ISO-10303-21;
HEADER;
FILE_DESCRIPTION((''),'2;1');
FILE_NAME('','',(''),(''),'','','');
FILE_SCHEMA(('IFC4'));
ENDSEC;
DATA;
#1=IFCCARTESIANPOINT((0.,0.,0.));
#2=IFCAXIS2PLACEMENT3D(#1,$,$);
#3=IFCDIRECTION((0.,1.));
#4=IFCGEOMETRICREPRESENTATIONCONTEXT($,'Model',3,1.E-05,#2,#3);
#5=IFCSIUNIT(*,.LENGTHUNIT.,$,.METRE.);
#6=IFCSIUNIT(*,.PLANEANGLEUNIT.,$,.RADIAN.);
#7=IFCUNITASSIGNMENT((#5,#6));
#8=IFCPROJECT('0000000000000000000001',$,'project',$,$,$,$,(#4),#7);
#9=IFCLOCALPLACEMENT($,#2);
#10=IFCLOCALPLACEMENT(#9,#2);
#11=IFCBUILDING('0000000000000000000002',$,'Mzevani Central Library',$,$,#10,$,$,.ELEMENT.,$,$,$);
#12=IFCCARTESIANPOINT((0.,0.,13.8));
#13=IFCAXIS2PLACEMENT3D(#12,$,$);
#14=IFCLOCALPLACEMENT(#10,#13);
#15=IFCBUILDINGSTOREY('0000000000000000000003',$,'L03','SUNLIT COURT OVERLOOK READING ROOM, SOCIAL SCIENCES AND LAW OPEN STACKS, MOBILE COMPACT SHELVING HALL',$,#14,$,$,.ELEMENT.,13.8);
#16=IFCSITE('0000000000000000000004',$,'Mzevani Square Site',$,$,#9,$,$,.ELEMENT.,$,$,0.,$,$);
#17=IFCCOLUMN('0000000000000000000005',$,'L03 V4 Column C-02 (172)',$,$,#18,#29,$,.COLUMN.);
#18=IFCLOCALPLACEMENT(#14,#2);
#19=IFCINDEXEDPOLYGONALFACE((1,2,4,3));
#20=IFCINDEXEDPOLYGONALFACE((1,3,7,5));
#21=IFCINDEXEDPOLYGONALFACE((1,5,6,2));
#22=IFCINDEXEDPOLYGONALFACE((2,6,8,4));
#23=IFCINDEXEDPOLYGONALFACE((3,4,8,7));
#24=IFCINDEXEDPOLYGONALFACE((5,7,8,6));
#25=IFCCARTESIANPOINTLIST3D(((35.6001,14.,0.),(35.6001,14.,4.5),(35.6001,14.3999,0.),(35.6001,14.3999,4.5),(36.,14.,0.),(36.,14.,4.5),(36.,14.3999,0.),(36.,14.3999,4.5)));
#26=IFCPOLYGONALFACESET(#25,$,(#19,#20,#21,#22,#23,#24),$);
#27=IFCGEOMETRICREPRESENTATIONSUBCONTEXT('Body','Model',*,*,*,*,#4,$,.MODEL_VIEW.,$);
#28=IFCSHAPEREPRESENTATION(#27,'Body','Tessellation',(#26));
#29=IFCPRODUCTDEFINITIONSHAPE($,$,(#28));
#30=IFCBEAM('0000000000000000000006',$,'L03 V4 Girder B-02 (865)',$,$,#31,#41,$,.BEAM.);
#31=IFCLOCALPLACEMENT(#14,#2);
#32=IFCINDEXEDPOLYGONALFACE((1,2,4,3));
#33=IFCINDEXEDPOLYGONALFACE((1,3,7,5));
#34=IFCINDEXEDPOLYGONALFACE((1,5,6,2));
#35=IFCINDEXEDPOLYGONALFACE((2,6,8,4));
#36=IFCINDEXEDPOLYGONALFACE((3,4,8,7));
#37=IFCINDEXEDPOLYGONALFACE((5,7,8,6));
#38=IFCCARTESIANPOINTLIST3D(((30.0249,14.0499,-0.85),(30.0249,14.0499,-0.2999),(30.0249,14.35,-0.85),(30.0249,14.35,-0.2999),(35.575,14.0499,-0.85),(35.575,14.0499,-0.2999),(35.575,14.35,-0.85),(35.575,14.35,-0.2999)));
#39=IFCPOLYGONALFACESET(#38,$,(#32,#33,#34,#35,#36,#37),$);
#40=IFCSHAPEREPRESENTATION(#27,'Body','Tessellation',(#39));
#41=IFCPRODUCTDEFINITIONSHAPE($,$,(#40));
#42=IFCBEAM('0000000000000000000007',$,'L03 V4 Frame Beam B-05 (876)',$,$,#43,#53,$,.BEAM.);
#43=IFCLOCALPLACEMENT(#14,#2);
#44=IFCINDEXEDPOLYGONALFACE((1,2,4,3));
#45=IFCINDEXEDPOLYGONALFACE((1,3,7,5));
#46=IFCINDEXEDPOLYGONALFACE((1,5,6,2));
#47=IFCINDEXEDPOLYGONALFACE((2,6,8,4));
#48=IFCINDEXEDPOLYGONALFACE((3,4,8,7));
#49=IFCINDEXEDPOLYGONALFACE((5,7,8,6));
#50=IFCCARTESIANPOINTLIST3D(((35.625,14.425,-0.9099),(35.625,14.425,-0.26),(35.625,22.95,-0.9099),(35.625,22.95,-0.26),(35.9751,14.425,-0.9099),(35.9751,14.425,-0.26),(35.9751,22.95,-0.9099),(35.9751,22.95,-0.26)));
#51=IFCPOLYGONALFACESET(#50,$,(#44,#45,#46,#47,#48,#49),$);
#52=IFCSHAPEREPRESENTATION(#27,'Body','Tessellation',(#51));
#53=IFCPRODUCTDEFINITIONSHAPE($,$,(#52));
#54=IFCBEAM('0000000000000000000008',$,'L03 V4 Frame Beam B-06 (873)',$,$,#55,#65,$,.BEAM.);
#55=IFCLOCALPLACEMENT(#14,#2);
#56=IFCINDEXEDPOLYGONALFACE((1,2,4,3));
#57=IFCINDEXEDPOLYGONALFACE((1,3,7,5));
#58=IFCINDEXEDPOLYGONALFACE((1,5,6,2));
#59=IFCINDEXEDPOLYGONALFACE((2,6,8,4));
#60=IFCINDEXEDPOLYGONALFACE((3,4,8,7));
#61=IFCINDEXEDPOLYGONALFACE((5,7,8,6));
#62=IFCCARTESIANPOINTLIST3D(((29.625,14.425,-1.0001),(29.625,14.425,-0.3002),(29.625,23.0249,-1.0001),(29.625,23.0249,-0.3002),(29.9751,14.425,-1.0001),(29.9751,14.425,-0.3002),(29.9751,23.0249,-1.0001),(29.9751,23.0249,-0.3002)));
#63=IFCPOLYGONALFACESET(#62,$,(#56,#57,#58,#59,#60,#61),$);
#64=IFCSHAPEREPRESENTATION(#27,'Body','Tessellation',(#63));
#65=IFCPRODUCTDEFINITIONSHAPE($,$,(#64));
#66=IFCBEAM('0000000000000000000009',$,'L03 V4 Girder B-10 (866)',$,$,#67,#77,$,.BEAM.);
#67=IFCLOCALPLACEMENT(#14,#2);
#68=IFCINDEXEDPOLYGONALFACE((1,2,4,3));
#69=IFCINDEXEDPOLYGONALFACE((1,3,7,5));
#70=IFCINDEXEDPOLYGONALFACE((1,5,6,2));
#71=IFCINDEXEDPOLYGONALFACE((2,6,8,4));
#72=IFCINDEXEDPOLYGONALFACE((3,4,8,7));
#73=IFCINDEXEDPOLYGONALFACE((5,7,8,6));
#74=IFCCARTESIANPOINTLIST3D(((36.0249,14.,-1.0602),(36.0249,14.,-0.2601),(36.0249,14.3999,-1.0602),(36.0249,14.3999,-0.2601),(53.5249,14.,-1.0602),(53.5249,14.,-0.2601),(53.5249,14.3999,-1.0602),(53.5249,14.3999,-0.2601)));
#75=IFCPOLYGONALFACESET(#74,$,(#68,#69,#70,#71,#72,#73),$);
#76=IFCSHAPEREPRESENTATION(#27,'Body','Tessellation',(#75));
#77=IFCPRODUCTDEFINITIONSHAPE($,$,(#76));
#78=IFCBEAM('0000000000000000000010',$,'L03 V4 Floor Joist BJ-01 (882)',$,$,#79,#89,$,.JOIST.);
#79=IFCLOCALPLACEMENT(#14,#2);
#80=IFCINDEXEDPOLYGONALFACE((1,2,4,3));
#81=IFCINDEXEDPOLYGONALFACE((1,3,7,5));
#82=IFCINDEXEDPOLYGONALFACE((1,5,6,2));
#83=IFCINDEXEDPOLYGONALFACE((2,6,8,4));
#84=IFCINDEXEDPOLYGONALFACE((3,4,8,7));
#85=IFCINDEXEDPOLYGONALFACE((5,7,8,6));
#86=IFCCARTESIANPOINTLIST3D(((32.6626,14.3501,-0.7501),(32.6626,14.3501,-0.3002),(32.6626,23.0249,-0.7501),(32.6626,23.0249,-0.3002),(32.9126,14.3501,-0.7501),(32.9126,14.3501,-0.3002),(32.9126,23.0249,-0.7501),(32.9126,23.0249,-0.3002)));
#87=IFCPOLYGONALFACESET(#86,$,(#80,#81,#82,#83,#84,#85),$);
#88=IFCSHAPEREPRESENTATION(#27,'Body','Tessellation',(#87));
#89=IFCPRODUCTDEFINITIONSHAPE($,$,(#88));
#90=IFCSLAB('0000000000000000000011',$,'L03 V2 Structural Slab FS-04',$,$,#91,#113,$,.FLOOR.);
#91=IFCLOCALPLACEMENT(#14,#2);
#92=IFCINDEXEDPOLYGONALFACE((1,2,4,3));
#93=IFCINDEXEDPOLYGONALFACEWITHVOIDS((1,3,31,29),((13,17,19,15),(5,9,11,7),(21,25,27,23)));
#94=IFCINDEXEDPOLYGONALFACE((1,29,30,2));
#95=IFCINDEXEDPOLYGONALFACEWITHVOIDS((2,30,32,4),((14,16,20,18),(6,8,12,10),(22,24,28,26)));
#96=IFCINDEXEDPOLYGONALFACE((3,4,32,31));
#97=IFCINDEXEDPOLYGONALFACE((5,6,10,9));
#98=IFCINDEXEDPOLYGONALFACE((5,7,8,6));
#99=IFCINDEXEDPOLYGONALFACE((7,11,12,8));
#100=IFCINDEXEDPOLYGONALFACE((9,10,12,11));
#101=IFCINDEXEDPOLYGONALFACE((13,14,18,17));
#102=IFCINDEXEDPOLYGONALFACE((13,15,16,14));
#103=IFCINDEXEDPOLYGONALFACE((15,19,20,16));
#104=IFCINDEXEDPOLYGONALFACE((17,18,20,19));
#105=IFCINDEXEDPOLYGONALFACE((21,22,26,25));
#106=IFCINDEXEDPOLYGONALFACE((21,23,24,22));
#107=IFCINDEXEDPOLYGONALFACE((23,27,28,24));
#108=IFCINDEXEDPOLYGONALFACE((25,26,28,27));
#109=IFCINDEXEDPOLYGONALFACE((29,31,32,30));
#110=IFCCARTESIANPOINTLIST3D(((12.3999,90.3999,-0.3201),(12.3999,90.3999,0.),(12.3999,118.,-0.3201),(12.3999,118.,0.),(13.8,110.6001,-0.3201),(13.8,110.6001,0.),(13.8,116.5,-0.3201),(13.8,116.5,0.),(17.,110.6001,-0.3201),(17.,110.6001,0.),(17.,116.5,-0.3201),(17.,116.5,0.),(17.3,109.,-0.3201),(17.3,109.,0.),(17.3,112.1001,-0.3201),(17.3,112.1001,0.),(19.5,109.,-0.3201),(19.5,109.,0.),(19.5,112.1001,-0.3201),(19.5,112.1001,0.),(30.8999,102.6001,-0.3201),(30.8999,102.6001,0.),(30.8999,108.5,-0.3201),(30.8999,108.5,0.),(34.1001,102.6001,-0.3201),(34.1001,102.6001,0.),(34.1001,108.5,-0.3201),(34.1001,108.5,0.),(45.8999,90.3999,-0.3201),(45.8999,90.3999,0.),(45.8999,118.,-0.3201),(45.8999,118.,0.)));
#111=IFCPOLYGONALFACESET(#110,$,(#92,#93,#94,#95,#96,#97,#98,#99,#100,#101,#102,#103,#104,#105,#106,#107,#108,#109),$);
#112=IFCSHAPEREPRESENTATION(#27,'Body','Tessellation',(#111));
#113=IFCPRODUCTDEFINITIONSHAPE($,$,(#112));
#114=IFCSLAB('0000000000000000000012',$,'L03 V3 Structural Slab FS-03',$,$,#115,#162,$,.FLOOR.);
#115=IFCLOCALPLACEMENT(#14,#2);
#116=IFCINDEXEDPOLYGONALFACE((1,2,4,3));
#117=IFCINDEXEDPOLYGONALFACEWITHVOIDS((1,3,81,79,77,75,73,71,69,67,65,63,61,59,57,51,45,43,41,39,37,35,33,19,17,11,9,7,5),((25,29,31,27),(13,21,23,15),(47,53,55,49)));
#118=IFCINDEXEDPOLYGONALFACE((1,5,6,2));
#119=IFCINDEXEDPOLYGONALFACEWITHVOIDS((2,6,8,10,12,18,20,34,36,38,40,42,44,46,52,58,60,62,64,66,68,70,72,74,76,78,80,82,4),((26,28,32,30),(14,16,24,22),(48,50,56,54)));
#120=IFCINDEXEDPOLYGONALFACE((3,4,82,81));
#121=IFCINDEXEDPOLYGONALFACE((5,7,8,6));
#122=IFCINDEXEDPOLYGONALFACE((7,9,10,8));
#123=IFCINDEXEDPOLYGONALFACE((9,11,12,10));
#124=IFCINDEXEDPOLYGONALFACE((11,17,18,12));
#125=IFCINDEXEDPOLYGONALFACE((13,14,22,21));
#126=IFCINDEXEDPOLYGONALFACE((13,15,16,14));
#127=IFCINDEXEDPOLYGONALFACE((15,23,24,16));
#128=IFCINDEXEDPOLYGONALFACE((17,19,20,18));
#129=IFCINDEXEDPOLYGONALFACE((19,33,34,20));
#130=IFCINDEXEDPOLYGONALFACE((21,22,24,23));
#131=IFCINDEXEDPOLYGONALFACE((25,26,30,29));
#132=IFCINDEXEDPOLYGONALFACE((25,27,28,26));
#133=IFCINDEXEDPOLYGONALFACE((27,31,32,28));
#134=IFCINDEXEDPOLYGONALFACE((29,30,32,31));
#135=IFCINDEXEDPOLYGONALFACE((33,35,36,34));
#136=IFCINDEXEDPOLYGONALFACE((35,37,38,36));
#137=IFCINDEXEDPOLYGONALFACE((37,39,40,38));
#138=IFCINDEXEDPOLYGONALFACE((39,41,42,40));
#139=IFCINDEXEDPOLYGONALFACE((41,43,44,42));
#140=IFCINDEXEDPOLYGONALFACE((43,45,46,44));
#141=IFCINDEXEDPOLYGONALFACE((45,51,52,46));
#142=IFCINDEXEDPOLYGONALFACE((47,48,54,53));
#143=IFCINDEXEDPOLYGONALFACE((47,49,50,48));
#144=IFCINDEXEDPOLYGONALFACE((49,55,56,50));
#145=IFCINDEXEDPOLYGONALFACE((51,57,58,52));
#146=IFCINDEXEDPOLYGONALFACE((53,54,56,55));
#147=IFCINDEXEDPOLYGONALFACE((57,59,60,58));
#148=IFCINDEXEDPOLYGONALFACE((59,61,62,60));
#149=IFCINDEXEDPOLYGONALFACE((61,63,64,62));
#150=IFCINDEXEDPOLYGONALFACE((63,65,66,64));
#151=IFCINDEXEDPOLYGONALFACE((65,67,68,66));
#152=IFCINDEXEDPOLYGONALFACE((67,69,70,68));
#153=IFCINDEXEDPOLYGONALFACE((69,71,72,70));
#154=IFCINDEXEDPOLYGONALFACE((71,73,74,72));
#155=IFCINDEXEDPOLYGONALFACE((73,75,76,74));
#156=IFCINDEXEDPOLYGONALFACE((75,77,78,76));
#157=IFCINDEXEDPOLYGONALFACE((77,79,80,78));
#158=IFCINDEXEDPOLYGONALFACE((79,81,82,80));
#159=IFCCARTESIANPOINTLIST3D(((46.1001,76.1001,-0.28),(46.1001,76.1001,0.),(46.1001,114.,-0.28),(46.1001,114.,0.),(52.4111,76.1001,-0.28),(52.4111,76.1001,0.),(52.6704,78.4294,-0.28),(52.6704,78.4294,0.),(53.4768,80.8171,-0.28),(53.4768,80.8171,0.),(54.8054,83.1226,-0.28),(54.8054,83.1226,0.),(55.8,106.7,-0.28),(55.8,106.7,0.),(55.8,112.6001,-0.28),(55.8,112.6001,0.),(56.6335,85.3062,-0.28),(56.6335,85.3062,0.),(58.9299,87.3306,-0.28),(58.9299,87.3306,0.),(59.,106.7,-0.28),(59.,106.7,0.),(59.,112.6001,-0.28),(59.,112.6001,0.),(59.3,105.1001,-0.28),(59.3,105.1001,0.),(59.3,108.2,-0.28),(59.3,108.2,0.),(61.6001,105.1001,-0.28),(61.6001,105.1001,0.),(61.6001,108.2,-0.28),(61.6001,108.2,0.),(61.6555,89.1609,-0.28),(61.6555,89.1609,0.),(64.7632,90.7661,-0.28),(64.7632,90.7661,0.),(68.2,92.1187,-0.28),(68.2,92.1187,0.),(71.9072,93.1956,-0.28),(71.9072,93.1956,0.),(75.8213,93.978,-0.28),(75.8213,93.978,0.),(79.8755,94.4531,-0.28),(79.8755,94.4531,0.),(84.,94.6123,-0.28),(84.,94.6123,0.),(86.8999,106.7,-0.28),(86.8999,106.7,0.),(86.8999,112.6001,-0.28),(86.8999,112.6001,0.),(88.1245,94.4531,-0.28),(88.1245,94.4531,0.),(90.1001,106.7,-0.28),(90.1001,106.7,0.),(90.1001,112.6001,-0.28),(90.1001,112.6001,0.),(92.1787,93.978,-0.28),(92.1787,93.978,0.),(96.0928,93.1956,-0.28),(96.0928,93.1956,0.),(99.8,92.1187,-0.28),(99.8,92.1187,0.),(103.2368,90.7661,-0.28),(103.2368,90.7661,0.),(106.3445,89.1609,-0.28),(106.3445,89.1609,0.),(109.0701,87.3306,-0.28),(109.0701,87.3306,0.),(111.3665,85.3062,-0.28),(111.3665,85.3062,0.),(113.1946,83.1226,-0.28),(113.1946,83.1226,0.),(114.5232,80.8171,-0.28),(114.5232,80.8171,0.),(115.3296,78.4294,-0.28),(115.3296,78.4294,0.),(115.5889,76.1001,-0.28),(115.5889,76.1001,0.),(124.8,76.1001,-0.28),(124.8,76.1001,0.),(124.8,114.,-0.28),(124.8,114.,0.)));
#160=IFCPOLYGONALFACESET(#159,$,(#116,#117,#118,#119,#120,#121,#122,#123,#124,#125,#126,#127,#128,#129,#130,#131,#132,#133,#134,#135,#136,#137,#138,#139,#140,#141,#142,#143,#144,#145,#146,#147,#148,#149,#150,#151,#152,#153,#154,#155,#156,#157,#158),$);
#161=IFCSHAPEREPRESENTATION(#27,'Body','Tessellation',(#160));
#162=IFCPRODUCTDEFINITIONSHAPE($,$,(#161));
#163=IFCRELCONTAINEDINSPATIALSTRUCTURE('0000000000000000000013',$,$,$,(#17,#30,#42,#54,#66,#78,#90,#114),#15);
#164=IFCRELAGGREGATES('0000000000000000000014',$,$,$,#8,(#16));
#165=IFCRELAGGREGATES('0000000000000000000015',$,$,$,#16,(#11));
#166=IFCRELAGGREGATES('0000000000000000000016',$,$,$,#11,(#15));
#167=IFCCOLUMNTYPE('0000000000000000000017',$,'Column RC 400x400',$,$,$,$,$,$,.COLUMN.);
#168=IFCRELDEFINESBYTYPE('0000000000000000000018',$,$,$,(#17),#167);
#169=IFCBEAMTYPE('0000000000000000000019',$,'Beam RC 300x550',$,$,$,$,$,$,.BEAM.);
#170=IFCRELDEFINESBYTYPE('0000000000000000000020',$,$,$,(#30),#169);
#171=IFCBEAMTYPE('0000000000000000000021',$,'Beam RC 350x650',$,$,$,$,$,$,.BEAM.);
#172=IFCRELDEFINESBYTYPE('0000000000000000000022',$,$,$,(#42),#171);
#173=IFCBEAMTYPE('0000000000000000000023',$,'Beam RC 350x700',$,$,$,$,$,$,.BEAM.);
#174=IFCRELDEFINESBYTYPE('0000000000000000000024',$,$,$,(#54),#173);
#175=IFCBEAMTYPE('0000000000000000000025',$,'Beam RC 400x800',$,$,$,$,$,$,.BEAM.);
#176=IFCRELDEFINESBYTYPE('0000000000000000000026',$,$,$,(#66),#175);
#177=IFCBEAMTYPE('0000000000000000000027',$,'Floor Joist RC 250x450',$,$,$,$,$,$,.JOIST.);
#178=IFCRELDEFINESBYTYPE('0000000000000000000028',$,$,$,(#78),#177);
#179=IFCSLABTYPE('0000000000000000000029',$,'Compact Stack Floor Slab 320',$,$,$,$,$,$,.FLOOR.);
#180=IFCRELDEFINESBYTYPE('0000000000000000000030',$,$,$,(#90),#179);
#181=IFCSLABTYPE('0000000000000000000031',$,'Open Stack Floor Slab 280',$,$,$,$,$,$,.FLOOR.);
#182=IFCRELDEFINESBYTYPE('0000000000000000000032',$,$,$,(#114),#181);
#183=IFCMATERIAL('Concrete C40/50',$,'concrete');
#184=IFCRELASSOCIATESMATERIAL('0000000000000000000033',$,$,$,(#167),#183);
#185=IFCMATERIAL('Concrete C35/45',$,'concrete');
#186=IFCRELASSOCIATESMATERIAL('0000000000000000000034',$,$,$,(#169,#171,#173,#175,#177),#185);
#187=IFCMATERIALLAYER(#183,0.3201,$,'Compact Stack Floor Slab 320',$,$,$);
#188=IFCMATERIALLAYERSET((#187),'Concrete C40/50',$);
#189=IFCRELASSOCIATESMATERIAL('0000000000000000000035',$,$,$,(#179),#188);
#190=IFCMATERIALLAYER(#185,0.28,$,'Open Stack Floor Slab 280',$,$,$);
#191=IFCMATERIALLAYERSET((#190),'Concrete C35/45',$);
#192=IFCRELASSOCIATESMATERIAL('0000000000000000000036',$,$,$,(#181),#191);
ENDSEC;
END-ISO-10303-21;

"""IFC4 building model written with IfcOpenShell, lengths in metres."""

from ifc_helpers import new_model, si_unit, direction, frame, origin, origin_2d, place, context, subcontext, project, spatial, polyline, rectangle, outline, extrude, material, layer, layer_set, material_profile, profile_set, type_object, element, save


model = new_model("IFC4")

# Units and contexts
model_context = context("Model", 3, precision=1e-05, world=origin(), true_north=direction((0.0, 1.0)))
body_context = subcontext(model_context, "Body", "Model", "MODEL_VIEW")
ifc_project = project(units=[si_unit("LENGTHUNIT", "METRE"), si_unit("PLANEANGLEUNIT", "RADIAN")], contexts=[model_context])

# Site, building, storey
site_placement = place(None, origin())
site = spatial("IfcSite", under=ifc_project, at=site_placement, Name="Mzevani Square Site", CompositionType="ELEMENT", RefElevation=0.0)
building_placement = place(site_placement, origin())
building = spatial("IfcBuilding", under=site, at=building_placement, Name="Mzevani Central Library", CompositionType="ELEMENT")
storey_placement = place(building_placement, frame((0.0, 0.0, 13.8)))
storey = spatial("IfcBuildingStorey", under=building, at=storey_placement, Name="L03", Description="SUNLIT COURT OVERLOOK READING ROOM, SOCIAL SCIENCES AND LAW OPEN STACKS, MOBILE COMPACT SHELVING HALL", CompositionType="ELEMENT", Elevation=13.8)

# Column
ifc_material_1 = material(Name="Concrete C40/50", Category="concrete")
ifc_material_profile_1 = material_profile(ifc_material_1, rectangle(XDim=0.3999, YDim=0.3999, at=origin_2d()), Name="RC 400x400")
ifc_profile_set_1 = profile_set([ifc_material_profile_1], Name="Concrete C40/50")
column_type = type_object("IfcColumnType", Name="Column RC 400x400", PredefinedType="COLUMN", material=ifc_profile_set_1)
column_placement = place(storey_placement, frame((35.8, 14.2, 0.0), z_axis=(0.0, 0.0, 1.0), x_axis=(1.0, 0.0, 0.0)))
element("IfcColumn", 1, at=column_placement, inside=storey, type_object=column_type, Name="L03 V4 Column C-02 (172)", PredefinedType="COLUMN", context=body_context, shape_type="SweptSolid", body=[
    extrude(rectangle(XDim=0.3999, YDim=0.3999, at=origin_2d()), origin(), (0.0, 0.0, 1.0), 4.5),
])

# Beams
ifc_material_2 = material(Name="Concrete C35/45", Category="concrete")
ifc_material_profile_2 = material_profile(ifc_material_2, rectangle(XDim=0.3, YDim=0.55, at=origin_2d()), Name="RC B300x550")
ifc_profile_set_2 = profile_set([ifc_material_profile_2], Name="Concrete C35/45")
beam_type_1 = type_object("IfcBeamType", Name="Beam RC 300x550", PredefinedType="BEAM", material=ifc_profile_set_2)
beam_1_placement = place(storey_placement, frame((30.0249, 14.2, -0.575), z_axis=(1.0, 0.0, 0.0), x_axis=(0.0, 1.0, 0.0)))
element("IfcBeam", 2, at=beam_1_placement, inside=storey, type_object=beam_type_1, Name="L03 V4 Girder B-02 (865)", PredefinedType="BEAM", context=body_context, shape_type="SweptSolid", body=[
    extrude(rectangle(XDim=0.3, YDim=0.55, at=origin_2d()), origin(), (0.0, 0.0, 1.0), 5.55),
])
ifc_material_profile_3 = material_profile(ifc_material_2, rectangle(XDim=0.3501, YDim=0.6499, at=origin_2d()), Name="RC B350x650")
ifc_profile_set_3 = profile_set([ifc_material_profile_3], Name="Concrete C35/45")
beam_type_2 = type_object("IfcBeamType", Name="Beam RC 350x650", PredefinedType="BEAM", material=ifc_profile_set_3)
beam_2_placement = place(storey_placement, frame((35.8, 14.425, -0.585), z_axis=(0.0, 1.0, 0.0), x_axis=(-1.0, 0.0, 0.0)))
element("IfcBeam", 3, at=beam_2_placement, inside=storey, type_object=beam_type_2, Name="L03 V4 Frame Beam B-05 (876)", PredefinedType="BEAM", context=body_context, shape_type="SweptSolid", body=[
    extrude(rectangle(XDim=0.3501, YDim=0.6499, at=origin_2d()), origin(), (0.0, 0.0, 1.0), 8.5249),
])
ifc_material_profile_4 = material_profile(ifc_material_2, rectangle(XDim=0.3501, YDim=0.7, at=origin_2d()), Name="RC B350x700")
ifc_profile_set_4 = profile_set([ifc_material_profile_4], Name="Concrete C35/45")
beam_type_3 = type_object("IfcBeamType", Name="Beam RC 350x700", PredefinedType="BEAM", material=ifc_profile_set_4)
beam_3_placement = place(storey_placement, frame((29.8, 14.425, -0.6501), z_axis=(0.0, 1.0, 0.0), x_axis=(-1.0, 0.0, 0.0)))
element("IfcBeam", 4, at=beam_3_placement, inside=storey, type_object=beam_type_3, Name="L03 V4 Frame Beam B-06 (873)", PredefinedType="BEAM", context=body_context, shape_type="SweptSolid", body=[
    extrude(rectangle(XDim=0.3501, YDim=0.7, at=origin_2d()), origin(), (0.0, 0.0, 1.0), 8.5999),
])
ifc_material_profile_5 = material_profile(ifc_material_2, rectangle(XDim=0.3999, YDim=0.8, at=origin_2d()), Name="RC B400x800")
ifc_profile_set_5 = profile_set([ifc_material_profile_5], Name="Concrete C35/45")
beam_type_4 = type_object("IfcBeamType", Name="Beam RC 400x800", PredefinedType="BEAM", material=ifc_profile_set_5)
beam_4_placement = place(storey_placement, frame((36.0249, 14.2, -0.6602), z_axis=(1.0, 0.0, 0.0), x_axis=(0.0, 1.0, 0.0)))
element("IfcBeam", 5, at=beam_4_placement, inside=storey, type_object=beam_type_4, Name="L03 V4 Girder B-10 (866)", PredefinedType="BEAM", context=body_context, shape_type="SweptSolid", body=[
    extrude(rectangle(XDim=0.3999, YDim=0.8, at=origin_2d()), origin(), (0.0, 0.0, 1.0), 17.5),
])
ifc_material_profile_6 = material_profile(ifc_material_2, rectangle(XDim=0.25, YDim=0.45, at=origin_2d()), Name="RC J250x450")
ifc_profile_set_6 = profile_set([ifc_material_profile_6], Name="Concrete C35/45")
beam_type_5 = type_object("IfcBeamType", Name="Floor Joist RC 250x450", PredefinedType="JOIST", material=ifc_profile_set_6)
beam_5_placement = place(storey_placement, frame((32.7876, 14.3501, -0.5251), z_axis=(0.0, 1.0, 0.0), x_axis=(-1.0, 0.0, 0.0)))
element("IfcBeam", 6, at=beam_5_placement, inside=storey, type_object=beam_type_5, Name="L03 V4 Floor Joist BJ-01 (882)", PredefinedType="JOIST", context=body_context, shape_type="SweptSolid", body=[
    extrude(rectangle(XDim=0.25, YDim=0.45, at=origin_2d()), origin(), (0.0, 0.0, 1.0), 8.6748),
])

# Slabs
ifc_layer_1 = layer(ifc_material_1, 0.3201, Name="Compact Stack Floor Slab 320")
ifc_layer_set_1 = layer_set([ifc_layer_1], Name="Concrete C40/50")
slab_type_1 = type_object("IfcSlabType", Name="Compact Stack Floor Slab 320", PredefinedType="FLOOR", material=ifc_layer_set_1)
slab_1_placement = place(storey_placement, frame((0.0, 0.0, -0.3201)))
element("IfcSlab", 7, at=slab_1_placement, inside=storey, type_object=slab_type_1, Name="L03 V2 Structural Slab FS-04", PredefinedType="FLOOR", context=body_context, shape_type="SweptSolid", body=[
    extrude(outline(polyline([(45.8999, 90.3999), (12.3999, 90.3999), (12.3999, 118.0), (45.8999, 118.0), (45.8999, 90.3999)]), holes=[polyline([(17.0, 110.6001), (17.0, 116.5), (13.8, 116.5), (13.8, 110.6001), (17.0, 110.6001)]), polyline([(17.3, 109.0), (19.5, 109.0), (19.5, 112.1001), (17.3, 112.1001), (17.3, 109.0)]), polyline([(30.8999, 108.5), (30.8999, 102.6001), (34.1001, 102.6001), (34.1001, 108.5), (30.8999, 108.5)])]), origin(), (0.0, 0.0, 1.0), 0.3201),
])
ifc_layer_2 = layer(ifc_material_2, 0.28, Name="Open Stack Floor Slab 280")
ifc_layer_set_2 = layer_set([ifc_layer_2], Name="Concrete C35/45")
slab_type_2 = type_object("IfcSlabType", Name="Open Stack Floor Slab 280", PredefinedType="FLOOR", material=ifc_layer_set_2)
slab_2_placement = place(storey_placement, frame((0.0, 0.0, -0.28)))
element("IfcSlab", 8, at=slab_2_placement, inside=storey, type_object=slab_type_2, Name="L03 V3 Structural Slab FS-03", PredefinedType="FLOOR", context=body_context, shape_type="SweptSolid", body=[
    extrude(outline(polyline([(46.1001, 76.1001), (46.1001, 114.0), (124.8, 114.0), (124.8, 76.1001), (115.5889, 76.1001), (115.3296, 78.4294), (114.5232, 80.8171), (113.1946, 83.1226), (111.3665, 85.3062), (109.0701, 87.3306), (106.3445, 89.1609), (103.2368, 90.7661), (99.8, 92.1187), (96.0928, 93.1956), (92.1787, 93.978), (88.1245, 94.4531), (84.0, 94.6123), (79.8755, 94.4531), (75.8213, 93.978), (71.9072, 93.1956), (68.2, 92.1187), (64.7632, 90.7661), (61.6555, 89.1609), (58.9299, 87.3306), (56.6335, 85.3062), (54.8054, 83.1226), (53.4768, 80.8171), (52.6704, 78.4294), (52.4111, 76.1001), (46.1001, 76.1001)]), holes=[polyline([(59.0, 106.7), (59.0, 112.6001), (55.8, 112.6001), (55.8, 106.7), (59.0, 106.7)]), polyline([(59.3, 105.1001), (61.6001, 105.1001), (61.6001, 108.2), (59.3, 108.2), (59.3, 105.1001)]), polyline([(90.1001, 106.7), (90.1001, 112.6001), (86.8999, 112.6001), (86.8999, 106.7), (90.1001, 106.7)])]), origin(), (0.0, 0.0, 1.0), 0.28),
])

save(model, "model.ifc")
